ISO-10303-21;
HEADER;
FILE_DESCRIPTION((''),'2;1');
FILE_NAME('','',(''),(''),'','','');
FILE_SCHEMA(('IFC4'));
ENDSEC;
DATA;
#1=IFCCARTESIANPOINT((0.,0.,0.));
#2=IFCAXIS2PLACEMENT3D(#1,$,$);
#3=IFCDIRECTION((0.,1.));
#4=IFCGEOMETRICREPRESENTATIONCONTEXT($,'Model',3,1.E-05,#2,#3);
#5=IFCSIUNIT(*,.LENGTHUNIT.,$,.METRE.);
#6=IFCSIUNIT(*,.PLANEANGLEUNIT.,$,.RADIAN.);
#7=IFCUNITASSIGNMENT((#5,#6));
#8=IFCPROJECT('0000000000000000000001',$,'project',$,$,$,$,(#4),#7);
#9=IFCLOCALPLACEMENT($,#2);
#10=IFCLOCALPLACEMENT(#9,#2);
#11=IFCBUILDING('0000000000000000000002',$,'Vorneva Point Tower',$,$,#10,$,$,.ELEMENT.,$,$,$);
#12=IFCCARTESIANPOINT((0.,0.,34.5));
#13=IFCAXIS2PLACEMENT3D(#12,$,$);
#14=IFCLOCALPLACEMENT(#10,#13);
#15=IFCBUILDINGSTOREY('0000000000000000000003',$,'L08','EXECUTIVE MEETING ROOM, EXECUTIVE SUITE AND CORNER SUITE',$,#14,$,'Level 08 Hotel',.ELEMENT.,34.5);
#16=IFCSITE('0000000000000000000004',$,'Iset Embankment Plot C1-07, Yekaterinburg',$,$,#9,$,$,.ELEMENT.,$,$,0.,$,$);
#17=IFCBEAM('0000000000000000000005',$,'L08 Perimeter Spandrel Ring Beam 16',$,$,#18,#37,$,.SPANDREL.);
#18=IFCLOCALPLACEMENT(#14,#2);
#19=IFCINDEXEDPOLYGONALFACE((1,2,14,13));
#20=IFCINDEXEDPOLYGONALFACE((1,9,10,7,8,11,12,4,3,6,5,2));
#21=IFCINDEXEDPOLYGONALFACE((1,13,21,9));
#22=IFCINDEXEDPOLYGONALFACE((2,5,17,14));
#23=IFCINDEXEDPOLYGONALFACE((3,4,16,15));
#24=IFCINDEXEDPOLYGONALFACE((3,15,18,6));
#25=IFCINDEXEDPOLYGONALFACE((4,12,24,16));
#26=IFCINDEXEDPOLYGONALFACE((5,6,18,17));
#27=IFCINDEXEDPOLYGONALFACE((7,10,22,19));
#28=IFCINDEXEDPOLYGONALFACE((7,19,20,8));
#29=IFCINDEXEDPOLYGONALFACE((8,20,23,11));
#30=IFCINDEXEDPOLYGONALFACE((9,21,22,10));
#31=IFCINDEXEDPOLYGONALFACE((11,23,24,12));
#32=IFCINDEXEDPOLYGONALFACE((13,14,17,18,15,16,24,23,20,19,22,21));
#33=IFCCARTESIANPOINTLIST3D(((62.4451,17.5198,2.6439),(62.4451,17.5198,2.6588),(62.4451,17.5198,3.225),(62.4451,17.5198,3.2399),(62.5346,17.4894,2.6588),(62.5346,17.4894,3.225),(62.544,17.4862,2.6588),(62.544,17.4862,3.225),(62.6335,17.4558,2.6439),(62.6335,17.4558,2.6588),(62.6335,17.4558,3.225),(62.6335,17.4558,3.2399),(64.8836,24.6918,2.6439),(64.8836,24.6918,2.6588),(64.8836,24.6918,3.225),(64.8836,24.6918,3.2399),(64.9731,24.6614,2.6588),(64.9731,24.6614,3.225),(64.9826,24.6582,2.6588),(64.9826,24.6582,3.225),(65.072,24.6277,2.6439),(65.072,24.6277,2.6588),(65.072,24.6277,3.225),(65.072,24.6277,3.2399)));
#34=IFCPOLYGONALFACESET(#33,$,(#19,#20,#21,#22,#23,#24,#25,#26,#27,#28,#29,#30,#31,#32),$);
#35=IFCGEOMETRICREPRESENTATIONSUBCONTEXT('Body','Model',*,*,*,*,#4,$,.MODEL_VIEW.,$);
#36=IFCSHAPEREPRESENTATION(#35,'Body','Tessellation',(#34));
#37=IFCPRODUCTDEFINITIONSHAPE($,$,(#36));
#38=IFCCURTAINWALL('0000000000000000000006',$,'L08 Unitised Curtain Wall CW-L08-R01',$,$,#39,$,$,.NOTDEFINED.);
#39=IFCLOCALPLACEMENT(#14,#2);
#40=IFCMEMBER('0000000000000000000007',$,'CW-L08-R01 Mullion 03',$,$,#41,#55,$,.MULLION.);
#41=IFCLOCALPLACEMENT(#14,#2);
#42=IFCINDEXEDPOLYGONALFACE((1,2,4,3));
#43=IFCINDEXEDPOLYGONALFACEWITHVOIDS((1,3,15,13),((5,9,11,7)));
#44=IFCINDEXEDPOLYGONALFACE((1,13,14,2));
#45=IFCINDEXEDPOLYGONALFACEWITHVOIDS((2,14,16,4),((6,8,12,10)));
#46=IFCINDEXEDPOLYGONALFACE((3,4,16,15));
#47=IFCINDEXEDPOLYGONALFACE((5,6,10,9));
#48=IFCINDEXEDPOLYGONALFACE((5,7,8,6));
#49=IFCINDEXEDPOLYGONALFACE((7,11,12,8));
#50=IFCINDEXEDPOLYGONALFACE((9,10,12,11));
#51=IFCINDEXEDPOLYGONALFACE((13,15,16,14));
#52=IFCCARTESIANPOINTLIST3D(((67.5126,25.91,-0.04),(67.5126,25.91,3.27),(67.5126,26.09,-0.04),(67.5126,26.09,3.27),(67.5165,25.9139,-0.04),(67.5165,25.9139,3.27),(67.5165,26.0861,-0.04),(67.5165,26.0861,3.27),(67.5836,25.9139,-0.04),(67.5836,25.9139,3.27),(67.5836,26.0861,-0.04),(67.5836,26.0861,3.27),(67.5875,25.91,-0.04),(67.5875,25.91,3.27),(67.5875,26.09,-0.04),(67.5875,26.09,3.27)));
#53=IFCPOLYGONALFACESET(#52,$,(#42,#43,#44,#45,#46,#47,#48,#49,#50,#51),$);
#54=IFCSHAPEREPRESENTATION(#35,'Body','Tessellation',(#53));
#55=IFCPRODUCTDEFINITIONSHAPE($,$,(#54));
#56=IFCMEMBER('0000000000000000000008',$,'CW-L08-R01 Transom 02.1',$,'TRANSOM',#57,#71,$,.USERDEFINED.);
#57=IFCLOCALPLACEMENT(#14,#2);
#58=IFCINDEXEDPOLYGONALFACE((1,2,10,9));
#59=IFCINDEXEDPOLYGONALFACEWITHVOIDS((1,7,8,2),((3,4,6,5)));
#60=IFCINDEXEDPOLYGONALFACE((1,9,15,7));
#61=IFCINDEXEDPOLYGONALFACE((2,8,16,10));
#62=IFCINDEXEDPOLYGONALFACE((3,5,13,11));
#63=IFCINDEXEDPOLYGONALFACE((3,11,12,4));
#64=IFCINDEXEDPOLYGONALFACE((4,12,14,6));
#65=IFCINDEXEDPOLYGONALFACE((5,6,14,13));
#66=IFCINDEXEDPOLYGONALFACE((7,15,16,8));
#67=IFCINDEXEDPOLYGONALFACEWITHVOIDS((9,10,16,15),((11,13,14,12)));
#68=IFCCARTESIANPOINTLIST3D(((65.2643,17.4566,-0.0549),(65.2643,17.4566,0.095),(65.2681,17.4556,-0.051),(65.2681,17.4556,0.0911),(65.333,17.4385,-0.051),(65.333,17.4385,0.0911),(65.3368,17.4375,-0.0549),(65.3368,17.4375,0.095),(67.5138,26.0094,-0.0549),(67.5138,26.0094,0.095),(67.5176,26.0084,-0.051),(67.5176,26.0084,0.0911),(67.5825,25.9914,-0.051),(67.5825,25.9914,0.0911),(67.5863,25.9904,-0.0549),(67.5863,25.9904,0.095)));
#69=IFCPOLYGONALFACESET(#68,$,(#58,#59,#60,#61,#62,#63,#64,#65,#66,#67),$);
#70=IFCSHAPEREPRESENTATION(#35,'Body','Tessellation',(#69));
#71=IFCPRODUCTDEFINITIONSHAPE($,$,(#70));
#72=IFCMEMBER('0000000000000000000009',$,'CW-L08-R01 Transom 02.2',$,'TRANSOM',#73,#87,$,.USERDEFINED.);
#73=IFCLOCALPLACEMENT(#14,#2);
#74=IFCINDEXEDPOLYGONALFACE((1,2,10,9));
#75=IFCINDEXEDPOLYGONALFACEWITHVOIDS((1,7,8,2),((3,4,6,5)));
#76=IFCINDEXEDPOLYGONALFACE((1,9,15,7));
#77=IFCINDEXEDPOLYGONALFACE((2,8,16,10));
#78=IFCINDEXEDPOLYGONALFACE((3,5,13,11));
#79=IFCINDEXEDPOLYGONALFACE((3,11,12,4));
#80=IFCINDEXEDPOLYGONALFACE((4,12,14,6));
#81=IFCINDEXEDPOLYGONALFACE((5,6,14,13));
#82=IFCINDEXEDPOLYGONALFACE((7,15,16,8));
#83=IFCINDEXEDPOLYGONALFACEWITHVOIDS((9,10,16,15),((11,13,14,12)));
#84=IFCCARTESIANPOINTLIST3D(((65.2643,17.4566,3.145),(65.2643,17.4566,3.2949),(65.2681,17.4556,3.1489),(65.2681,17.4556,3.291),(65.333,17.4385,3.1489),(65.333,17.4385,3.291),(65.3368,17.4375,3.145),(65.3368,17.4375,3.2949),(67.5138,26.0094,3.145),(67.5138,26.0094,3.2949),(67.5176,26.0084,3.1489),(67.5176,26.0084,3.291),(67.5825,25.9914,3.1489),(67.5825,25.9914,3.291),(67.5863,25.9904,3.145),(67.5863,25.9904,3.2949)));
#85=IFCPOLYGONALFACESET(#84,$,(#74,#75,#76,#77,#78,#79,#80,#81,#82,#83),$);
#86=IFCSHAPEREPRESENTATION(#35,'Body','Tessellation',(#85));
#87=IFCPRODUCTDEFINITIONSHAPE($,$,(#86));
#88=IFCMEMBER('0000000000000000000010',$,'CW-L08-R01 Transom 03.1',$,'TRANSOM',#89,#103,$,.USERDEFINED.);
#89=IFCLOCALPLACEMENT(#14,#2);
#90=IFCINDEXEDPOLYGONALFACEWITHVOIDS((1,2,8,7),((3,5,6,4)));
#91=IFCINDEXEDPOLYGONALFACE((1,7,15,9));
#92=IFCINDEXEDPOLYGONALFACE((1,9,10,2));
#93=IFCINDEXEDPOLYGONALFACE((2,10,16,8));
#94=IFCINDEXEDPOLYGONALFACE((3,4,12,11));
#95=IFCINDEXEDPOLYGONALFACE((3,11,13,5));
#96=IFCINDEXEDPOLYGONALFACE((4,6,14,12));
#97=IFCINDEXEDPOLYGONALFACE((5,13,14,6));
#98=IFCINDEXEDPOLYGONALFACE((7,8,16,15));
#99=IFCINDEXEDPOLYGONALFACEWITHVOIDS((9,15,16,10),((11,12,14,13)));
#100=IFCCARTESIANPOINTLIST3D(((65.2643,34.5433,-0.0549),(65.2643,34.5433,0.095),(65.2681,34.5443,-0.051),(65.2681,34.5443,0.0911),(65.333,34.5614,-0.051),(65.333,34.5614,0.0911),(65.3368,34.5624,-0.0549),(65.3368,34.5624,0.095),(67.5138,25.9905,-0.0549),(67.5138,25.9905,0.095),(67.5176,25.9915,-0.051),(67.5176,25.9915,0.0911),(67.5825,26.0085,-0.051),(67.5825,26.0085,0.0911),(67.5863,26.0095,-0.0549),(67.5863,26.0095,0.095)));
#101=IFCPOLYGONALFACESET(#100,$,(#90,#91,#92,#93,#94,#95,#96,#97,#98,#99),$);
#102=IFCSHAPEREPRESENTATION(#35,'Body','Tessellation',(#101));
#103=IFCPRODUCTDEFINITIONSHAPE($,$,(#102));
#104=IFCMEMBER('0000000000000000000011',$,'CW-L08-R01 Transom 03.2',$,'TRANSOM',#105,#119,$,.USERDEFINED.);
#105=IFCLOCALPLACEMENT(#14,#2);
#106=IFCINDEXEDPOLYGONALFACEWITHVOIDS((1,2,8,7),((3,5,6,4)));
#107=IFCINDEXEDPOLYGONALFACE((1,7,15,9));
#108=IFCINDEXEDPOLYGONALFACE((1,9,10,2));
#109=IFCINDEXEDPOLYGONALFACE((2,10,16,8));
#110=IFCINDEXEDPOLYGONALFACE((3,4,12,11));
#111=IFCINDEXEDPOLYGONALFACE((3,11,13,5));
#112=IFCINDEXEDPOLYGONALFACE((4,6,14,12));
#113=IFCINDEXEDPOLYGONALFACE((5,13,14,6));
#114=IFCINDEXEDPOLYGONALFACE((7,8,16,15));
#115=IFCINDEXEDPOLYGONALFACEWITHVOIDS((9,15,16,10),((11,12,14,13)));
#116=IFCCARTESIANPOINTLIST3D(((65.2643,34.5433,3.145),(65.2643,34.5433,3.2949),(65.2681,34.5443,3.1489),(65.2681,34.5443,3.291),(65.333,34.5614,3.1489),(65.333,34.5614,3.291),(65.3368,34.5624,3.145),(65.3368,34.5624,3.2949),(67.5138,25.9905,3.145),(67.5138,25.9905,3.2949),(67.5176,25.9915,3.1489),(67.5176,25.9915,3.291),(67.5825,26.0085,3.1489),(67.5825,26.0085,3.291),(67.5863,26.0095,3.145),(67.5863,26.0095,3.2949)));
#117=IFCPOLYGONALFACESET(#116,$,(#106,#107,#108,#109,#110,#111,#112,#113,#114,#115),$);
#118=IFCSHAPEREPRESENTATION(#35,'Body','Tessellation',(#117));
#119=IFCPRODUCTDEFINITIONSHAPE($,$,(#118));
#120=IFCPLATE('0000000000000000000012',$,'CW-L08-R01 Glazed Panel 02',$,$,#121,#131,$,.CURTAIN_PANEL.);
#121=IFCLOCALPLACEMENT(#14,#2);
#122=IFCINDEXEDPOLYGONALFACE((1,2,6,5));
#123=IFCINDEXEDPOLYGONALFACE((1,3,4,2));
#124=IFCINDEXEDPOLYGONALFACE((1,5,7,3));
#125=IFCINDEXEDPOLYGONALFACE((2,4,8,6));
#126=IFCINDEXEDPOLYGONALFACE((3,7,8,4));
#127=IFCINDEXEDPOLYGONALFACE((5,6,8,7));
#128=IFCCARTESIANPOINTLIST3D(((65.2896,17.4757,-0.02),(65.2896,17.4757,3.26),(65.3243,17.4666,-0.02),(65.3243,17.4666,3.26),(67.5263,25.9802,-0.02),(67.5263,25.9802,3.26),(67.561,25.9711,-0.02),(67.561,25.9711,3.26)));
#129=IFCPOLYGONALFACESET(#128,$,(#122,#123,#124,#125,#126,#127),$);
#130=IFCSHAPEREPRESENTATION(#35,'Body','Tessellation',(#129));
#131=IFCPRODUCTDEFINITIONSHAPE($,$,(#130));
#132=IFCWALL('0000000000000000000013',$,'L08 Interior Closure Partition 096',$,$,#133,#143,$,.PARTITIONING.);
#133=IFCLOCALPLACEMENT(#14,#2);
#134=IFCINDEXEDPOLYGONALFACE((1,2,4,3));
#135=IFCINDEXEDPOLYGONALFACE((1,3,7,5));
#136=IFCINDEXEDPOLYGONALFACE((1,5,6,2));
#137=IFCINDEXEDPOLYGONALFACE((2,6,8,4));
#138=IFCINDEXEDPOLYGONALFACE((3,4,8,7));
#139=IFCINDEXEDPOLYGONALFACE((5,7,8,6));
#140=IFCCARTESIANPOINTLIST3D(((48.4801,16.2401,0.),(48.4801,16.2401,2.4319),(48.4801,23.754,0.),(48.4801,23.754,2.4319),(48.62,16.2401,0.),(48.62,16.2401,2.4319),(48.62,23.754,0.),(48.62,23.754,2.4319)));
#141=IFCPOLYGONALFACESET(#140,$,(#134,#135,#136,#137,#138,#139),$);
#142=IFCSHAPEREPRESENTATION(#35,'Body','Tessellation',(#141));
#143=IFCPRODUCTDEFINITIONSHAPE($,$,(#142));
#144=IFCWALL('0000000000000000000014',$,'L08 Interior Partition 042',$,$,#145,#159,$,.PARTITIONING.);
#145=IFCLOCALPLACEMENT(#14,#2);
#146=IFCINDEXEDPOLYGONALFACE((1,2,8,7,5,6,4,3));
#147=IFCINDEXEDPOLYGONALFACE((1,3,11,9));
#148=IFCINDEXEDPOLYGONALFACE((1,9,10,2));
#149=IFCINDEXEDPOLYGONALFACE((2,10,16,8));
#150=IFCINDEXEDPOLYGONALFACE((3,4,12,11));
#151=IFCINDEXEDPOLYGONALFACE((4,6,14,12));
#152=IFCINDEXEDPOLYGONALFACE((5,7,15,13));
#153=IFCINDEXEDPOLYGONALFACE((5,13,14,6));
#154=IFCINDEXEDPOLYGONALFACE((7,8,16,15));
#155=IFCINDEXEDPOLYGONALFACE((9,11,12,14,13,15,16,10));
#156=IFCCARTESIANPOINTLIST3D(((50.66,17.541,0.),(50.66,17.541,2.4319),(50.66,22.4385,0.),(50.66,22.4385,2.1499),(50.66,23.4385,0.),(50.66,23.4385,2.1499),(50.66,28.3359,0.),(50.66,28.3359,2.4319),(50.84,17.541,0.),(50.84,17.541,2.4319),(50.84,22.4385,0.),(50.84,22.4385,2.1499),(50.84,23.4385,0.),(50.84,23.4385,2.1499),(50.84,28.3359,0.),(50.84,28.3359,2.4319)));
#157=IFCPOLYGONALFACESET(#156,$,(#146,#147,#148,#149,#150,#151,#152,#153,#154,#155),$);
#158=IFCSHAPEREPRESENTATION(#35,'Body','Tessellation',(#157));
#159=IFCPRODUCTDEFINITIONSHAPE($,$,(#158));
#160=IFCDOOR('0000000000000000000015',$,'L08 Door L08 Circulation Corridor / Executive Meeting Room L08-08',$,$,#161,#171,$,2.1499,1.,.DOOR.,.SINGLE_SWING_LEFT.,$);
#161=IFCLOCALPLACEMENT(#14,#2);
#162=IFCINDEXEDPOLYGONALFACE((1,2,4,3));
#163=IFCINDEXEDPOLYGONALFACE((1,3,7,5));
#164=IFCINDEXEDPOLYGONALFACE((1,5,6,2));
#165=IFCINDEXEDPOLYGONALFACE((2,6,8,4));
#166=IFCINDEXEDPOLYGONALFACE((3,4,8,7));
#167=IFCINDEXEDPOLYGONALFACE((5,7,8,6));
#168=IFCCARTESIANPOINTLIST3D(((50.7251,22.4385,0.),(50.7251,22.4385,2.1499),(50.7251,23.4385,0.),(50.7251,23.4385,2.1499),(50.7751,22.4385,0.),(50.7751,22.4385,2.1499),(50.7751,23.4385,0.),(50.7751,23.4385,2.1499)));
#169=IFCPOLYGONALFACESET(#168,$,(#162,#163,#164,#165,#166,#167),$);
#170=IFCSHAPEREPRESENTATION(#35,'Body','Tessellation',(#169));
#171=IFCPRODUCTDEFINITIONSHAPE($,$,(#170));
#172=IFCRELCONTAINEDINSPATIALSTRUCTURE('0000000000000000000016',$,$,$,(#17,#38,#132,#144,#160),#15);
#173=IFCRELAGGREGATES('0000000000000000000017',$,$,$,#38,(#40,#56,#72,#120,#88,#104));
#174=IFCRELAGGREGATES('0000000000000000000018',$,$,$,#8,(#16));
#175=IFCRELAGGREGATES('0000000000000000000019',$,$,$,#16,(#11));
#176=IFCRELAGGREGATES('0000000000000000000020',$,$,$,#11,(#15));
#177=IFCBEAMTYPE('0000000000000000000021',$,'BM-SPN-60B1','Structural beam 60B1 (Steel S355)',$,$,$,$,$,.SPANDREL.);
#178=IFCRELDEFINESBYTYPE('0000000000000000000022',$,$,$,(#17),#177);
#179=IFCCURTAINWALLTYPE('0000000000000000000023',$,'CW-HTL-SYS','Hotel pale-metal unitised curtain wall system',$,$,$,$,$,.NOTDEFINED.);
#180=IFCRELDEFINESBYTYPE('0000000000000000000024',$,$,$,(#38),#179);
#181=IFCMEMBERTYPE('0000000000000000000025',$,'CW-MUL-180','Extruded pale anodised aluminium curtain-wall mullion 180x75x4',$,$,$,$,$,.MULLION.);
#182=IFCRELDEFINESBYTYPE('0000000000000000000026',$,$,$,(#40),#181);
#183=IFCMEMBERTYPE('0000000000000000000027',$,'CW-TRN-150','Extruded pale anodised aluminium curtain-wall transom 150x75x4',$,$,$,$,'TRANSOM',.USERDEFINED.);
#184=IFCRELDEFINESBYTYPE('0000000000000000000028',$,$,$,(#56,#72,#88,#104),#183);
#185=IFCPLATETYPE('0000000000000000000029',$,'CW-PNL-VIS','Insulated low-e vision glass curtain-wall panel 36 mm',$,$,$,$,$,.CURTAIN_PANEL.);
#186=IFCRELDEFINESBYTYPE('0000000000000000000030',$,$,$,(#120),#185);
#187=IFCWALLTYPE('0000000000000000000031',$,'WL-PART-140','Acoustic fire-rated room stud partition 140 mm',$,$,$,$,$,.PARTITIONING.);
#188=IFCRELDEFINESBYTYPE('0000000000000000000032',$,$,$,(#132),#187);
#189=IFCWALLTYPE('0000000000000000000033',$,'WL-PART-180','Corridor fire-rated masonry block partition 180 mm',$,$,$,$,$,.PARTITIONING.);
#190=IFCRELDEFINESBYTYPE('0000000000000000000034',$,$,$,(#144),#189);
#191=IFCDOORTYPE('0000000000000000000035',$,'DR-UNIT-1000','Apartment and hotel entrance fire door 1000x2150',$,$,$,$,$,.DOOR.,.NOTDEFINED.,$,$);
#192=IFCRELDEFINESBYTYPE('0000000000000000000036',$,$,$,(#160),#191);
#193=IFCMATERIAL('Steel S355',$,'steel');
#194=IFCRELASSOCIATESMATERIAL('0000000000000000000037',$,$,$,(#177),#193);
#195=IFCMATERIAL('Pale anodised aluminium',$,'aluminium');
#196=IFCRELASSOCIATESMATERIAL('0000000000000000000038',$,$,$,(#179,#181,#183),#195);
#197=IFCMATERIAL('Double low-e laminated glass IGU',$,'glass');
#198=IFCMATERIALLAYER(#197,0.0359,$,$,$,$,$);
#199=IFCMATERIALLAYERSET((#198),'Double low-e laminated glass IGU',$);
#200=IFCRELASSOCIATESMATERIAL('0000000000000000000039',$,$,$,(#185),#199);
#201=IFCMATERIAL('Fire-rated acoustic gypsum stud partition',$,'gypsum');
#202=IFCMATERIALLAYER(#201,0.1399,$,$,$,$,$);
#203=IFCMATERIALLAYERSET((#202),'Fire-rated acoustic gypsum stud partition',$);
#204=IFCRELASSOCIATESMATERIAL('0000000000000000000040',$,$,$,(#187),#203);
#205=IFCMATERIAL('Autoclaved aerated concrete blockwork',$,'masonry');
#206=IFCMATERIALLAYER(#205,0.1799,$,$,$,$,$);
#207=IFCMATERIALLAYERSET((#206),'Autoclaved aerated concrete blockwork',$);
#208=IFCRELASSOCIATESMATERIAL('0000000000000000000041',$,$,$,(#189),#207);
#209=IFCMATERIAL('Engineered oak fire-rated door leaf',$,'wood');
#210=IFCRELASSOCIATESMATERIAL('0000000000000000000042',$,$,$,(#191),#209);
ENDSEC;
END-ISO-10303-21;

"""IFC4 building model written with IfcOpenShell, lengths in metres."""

from ifc_helpers import new_model, si_unit, direction, frame, frame_2d, origin, origin_2d, place, context, subcontext, project, spatial, rectangle, hollow_rectangle, i_section, extrude, material, layer, layer_set, material_profile, profile_set, type_object, element, fill, aggregate, save


model = new_model("IFC4")

# Units and contexts
model_context = context("Model", 3, precision=1e-05, world=origin(), true_north=direction((0.0, 1.0)))
body_context = subcontext(model_context, "Body", "Model", "MODEL_VIEW")
ifc_project = project(units=[si_unit("LENGTHUNIT", "METRE"), si_unit("PLANEANGLEUNIT", "RADIAN")], contexts=[model_context])

# Site, building, storey
site_placement = place(None, origin())
site = spatial("IfcSite", under=ifc_project, at=site_placement, Name="Iset Embankment Plot C1-07, Yekaterinburg", CompositionType="ELEMENT", RefElevation=0.0)
building_placement = place(site_placement, origin())
building = spatial("IfcBuilding", under=site, at=building_placement, Name="Vorneva Point Tower", CompositionType="ELEMENT")
storey_placement = place(building_placement, frame((0.0, 0.0, 34.5)))
storey = spatial("IfcBuildingStorey", under=building, at=storey_placement, Name="L08", Description="EXECUTIVE MEETING ROOM, EXECUTIVE SUITE AND CORNER SUITE", LongName="Level 08 Hotel", CompositionType="ELEMENT", Elevation=34.5)

# Beam
ifc_material_1 = material(Name="Steel S355", Category="steel")
ifc_material_profile_1 = material_profile(ifc_material_1, i_section(OverallWidth=0.199, OverallDepth=0.5959, WebThickness=0.01, FlangeThickness=0.0149, at=origin_2d()), Name="60B1")
ifc_profile_set_1 = profile_set([ifc_material_profile_1], Name="Steel S355")
beam_type_1 = type_object("IfcBeamType", Name="BM-SPN-60B1", Description="Structural beam 60B1 (Steel S355)", PredefinedType="SPANDREL", material=ifc_profile_set_1)
beam_1_placement = place(storey_placement, frame((62.5393, 17.4878, 2.9419), z_axis=(0.321907, 0.946771, 0.0), x_axis=(-0.946771, 0.321907, 0.0)))
element("IfcBeam", 1, at=beam_1_placement, inside=storey, type_object=beam_type_1, Name="L08 Perimeter Spandrel Ring Beam 16", PredefinedType="SPANDREL", context=body_context, shape_type="SweptSolid", body=[
    extrude(i_section(OverallWidth=0.199, OverallDepth=0.5959, WebThickness=0.01, FlangeThickness=0.0149, at=origin_2d()), origin(), (0.0, 0.0, 1.0), 7.5752),
])

# Curtain wall, members, plate
ifc_material_2 = material(Name="Pale anodised aluminium", Category="aluminium")
curtain_wall_type = type_object("IfcCurtainWallType", Name="CW-HTL-SYS", Description="Hotel pale-metal unitised curtain wall system", PredefinedType="NOTDEFINED", material=ifc_material_2)
curtain_wall_placement = place(storey_placement, origin())
curtain_wall = element("IfcCurtainWall", 2, at=curtain_wall_placement, inside=storey, type_object=curtain_wall_type, Name="L08 Unitised Curtain Wall CW-L08-R01", PredefinedType="NOTDEFINED")
ifc_material_profile_2 = material_profile(ifc_material_2, hollow_rectangle(XDim=0.075, YDim=0.1799, WallThickness=0.0039, at=origin_2d()), Name="AL-MUL 180x75x4")
ifc_profile_set_2 = profile_set([ifc_material_profile_2], Name="Pale anodised aluminium")
member_type_1 = type_object("IfcMemberType", Name="CW-MUL-180", Description="Extruded pale anodised aluminium curtain-wall mullion 180x75x4", PredefinedType="MULLION", material=ifc_profile_set_2)
member_1_placement = place(storey_placement, frame((67.55, 26.0, -0.04), z_axis=(0.0, 0.0, 1.0), x_axis=(1.0, 0.0, 0.0)))
member_1 = element("IfcMember", 3, at=member_1_placement, type_object=member_type_1, Name="CW-L08-R01 Mullion 03", PredefinedType="MULLION", context=body_context, shape_type="SweptSolid", body=[
    extrude(hollow_rectangle(XDim=0.075, YDim=0.1799, WallThickness=0.0039, at=origin_2d()), origin(), (0.0, 0.0, 1.0), 3.3101),
])
ifc_material_profile_3 = material_profile(ifc_material_2, hollow_rectangle(XDim=0.075, YDim=0.1499, WallThickness=0.0039, at=origin_2d()), Name="AL-TRN 150x75x4")
ifc_profile_set_3 = profile_set([ifc_material_profile_3], Name="Pale anodised aluminium")
member_type_2 = type_object("IfcMemberType", Name="CW-TRN-150", Description="Extruded pale anodised aluminium curtain-wall transom 150x75x4", ElementType="TRANSOM", PredefinedType="USERDEFINED", material=ifc_profile_set_3)
member_2_placement = place(storey_placement, frame((65.3005, 17.447, 0.02), z_axis=(0.254359, 0.96711, 0.0), x_axis=(-0.96711, 0.254359, 0.0)))
member_2 = element("IfcMember", 4, at=member_2_placement, type_object=member_type_2, Name="CW-L08-R01 Transom 02.1", ObjectType="TRANSOM", PredefinedType="USERDEFINED", context=body_context, shape_type="SweptSolid", body=[
    extrude(hollow_rectangle(XDim=0.075, YDim=0.1499, WallThickness=0.0039, at=origin_2d()), origin(), (0.0, 0.0, 1.0), 8.8438),
])
member_3_placement = place(storey_placement, frame((65.3005, 17.447, 3.22), z_axis=(0.254359, 0.96711, 0.0), x_axis=(-0.96711, 0.254359, 0.0)))
member_3 = element("IfcMember", 5, at=member_3_placement, type_object=member_type_2, Name="CW-L08-R01 Transom 02.2", ObjectType="TRANSOM", PredefinedType="USERDEFINED", context=body_context, shape_type="SweptSolid", body=[
    extrude(hollow_rectangle(XDim=0.075, YDim=0.1499, WallThickness=0.0039, at=origin_2d()), origin(), (0.0, 0.0, 1.0), 8.8438),
])
member_4_placement = place(storey_placement, frame((67.55, 26.0, 0.02), z_axis=(-0.254359, 0.96711, 0.0), x_axis=(-0.96711, -0.254359, 0.0)))
member_4 = element("IfcMember", 6, at=member_4_placement, type_object=member_type_2, Name="CW-L08-R01 Transom 03.1", ObjectType="TRANSOM", PredefinedType="USERDEFINED", context=body_context, shape_type="SweptSolid", body=[
    extrude(hollow_rectangle(XDim=0.075, YDim=0.1499, WallThickness=0.0039, at=origin_2d()), origin(), (0.0, 0.0, 1.0), 8.8438),
])
member_5_placement = place(storey_placement, frame((67.55, 26.0, 3.22), z_axis=(-0.254359, 0.96711, 0.0), x_axis=(-0.96711, -0.254359, 0.0)))
member_5 = element("IfcMember", 7, at=member_5_placement, type_object=member_type_2, Name="CW-L08-R01 Transom 03.2", ObjectType="TRANSOM", PredefinedType="USERDEFINED", context=body_context, shape_type="SweptSolid", body=[
    extrude(hollow_rectangle(XDim=0.075, YDim=0.1499, WallThickness=0.0039, at=origin_2d()), origin(), (0.0, 0.0, 1.0), 8.8438),
])
ifc_material_3 = material(Name="Double low-e laminated glass IGU", Category="glass")
ifc_layer_1 = layer(ifc_material_3, 0.0359)
ifc_layer_set_1 = layer_set([ifc_layer_1], Name="Double low-e laminated glass IGU")
plate_type = type_object("IfcPlateType", Name="CW-PNL-VIS", Description="Insulated low-e vision glass curtain-wall panel 36 mm", PredefinedType="CURTAIN_PANEL", material=ifc_layer_set_1)
plate_placement = place(storey_placement, frame((66.4253, 21.7234, -0.02), z_axis=(0.0, 0.0, 1.0), x_axis=(0.254349, 0.967113, 0.0)))
plate = element("IfcPlate", 8, at=plate_placement, type_object=plate_type, Name="CW-L08-R01 Glazed Panel 02", PredefinedType="CURTAIN_PANEL", context=body_context, shape_type="SweptSolid", body=[
    extrude(rectangle(XDim=8.7937, YDim=0.0359, at=origin_2d()), origin(), (0.0, 0.0, 1.0), 3.28),
])
aggregate(curtain_wall, [member_1, member_2, member_3, plate, member_4, member_5])

# Wall
ifc_material_4 = material(Name="Fire-rated acoustic gypsum stud partition", Category="gypsum")
ifc_layer_2 = layer(ifc_material_4, 0.1399)
ifc_layer_set_2 = layer_set([ifc_layer_2], Name="Fire-rated acoustic gypsum stud partition")
wall_type_1 = type_object("IfcWallType", Name="WL-PART-140", Description="Acoustic fire-rated room stud partition 140 mm", PredefinedType="PARTITIONING", material=ifc_layer_set_2)
wall_1_placement = place(storey_placement, frame((48.55, 23.7539, 0.0), z_axis=(0.0, 0.0, 1.0), x_axis=(0.0, -1.0, 0.0)))
element("IfcWall", 9, at=wall_1_placement, inside=storey, type_object=wall_type_1, Name="L08 Interior Closure Partition 096", PredefinedType="PARTITIONING", context=body_context, shape_type="SweptSolid", body=[
    extrude(rectangle(XDim=7.5139, YDim=0.1399, at=frame_2d((3.7568, 0.0))), origin(), (0.0, 0.0, 1.0), 2.4319),
])

# Wall, opening, door
ifc_material_5 = material(Name="Autoclaved aerated concrete blockwork", Category="masonry")
ifc_layer_3 = layer(ifc_material_5, 0.1799)
ifc_layer_set_3 = layer_set([ifc_layer_3], Name="Autoclaved aerated concrete blockwork")
wall_type_2 = type_object("IfcWallType", Name="WL-PART-180", Description="Corridor fire-rated masonry block partition 180 mm", PredefinedType="PARTITIONING", material=ifc_layer_set_3)
wall_2_placement = place(storey_placement, frame((50.75, 17.541, 0.0), z_axis=(0.0, 0.0, 1.0), x_axis=(0.0, 1.0, 0.0)))
wall_2 = element("IfcWall", 10, at=wall_2_placement, inside=storey, type_object=wall_type_2, Name="L08 Interior Partition 042", PredefinedType="PARTITIONING", context=body_context, shape_type="SweptSolid", body=[
    extrude(rectangle(XDim=10.7949, YDim=0.1799, at=frame_2d((5.3975, 0.0))), origin(), (0.0, 0.0, 1.0), 2.4319),
])
opening_1_placement = place(wall_2_placement, frame((4.8975, 0.0, 0.0)))
opening_1 = element("IfcOpeningElement", 11, at=opening_1_placement, cuts=wall_2, PredefinedType="OPENING", context=body_context, shape_type="SweptSolid", body=[
    extrude(rectangle(XDim=1.0, YDim=2.1499, at=frame_2d((0.5, 1.075))), frame((0.0, 0.105, 0.0), z_axis=(0.0, -1.0, 0.0), x_axis=(1.0, 0.0, 0.0)), (0.0, 0.0, 1.0), 0.2097),
])
ifc_material_6 = material(Name="Engineered oak fire-rated door leaf", Category="wood")
door_type_1 = type_object("IfcDoorType", Name="DR-UNIT-1000", Description="Apartment and hotel entrance fire door 1000x2150", OperationType="NOTDEFINED", PredefinedType="DOOR", material=ifc_material_6)
door_1_placement = place(opening_1_placement, origin())
door_1 = element("IfcDoor", 12, at=door_1_placement, inside=storey, type_object=door_type_1, Name="L08 Door L08 Circulation Corridor / Executive Meeting Room L08-08", OperationType="SINGLE_SWING_LEFT", OverallHeight=2.1499, OverallWidth=1.0, PredefinedType="DOOR", context=body_context, shape_type="SweptSolid", body=[
    extrude(rectangle(XDim=1.0, YDim=2.1499, at=frame_2d((0.5, 1.075))), frame((0.0, 0.0249, 0.0), z_axis=(0.0, -1.0, 0.0), x_axis=(1.0, 0.0, 0.0)), (0.0, 0.0, 1.0), 0.05),
])
fill(opening_1, door_1)

save(model, "model.ifc")
